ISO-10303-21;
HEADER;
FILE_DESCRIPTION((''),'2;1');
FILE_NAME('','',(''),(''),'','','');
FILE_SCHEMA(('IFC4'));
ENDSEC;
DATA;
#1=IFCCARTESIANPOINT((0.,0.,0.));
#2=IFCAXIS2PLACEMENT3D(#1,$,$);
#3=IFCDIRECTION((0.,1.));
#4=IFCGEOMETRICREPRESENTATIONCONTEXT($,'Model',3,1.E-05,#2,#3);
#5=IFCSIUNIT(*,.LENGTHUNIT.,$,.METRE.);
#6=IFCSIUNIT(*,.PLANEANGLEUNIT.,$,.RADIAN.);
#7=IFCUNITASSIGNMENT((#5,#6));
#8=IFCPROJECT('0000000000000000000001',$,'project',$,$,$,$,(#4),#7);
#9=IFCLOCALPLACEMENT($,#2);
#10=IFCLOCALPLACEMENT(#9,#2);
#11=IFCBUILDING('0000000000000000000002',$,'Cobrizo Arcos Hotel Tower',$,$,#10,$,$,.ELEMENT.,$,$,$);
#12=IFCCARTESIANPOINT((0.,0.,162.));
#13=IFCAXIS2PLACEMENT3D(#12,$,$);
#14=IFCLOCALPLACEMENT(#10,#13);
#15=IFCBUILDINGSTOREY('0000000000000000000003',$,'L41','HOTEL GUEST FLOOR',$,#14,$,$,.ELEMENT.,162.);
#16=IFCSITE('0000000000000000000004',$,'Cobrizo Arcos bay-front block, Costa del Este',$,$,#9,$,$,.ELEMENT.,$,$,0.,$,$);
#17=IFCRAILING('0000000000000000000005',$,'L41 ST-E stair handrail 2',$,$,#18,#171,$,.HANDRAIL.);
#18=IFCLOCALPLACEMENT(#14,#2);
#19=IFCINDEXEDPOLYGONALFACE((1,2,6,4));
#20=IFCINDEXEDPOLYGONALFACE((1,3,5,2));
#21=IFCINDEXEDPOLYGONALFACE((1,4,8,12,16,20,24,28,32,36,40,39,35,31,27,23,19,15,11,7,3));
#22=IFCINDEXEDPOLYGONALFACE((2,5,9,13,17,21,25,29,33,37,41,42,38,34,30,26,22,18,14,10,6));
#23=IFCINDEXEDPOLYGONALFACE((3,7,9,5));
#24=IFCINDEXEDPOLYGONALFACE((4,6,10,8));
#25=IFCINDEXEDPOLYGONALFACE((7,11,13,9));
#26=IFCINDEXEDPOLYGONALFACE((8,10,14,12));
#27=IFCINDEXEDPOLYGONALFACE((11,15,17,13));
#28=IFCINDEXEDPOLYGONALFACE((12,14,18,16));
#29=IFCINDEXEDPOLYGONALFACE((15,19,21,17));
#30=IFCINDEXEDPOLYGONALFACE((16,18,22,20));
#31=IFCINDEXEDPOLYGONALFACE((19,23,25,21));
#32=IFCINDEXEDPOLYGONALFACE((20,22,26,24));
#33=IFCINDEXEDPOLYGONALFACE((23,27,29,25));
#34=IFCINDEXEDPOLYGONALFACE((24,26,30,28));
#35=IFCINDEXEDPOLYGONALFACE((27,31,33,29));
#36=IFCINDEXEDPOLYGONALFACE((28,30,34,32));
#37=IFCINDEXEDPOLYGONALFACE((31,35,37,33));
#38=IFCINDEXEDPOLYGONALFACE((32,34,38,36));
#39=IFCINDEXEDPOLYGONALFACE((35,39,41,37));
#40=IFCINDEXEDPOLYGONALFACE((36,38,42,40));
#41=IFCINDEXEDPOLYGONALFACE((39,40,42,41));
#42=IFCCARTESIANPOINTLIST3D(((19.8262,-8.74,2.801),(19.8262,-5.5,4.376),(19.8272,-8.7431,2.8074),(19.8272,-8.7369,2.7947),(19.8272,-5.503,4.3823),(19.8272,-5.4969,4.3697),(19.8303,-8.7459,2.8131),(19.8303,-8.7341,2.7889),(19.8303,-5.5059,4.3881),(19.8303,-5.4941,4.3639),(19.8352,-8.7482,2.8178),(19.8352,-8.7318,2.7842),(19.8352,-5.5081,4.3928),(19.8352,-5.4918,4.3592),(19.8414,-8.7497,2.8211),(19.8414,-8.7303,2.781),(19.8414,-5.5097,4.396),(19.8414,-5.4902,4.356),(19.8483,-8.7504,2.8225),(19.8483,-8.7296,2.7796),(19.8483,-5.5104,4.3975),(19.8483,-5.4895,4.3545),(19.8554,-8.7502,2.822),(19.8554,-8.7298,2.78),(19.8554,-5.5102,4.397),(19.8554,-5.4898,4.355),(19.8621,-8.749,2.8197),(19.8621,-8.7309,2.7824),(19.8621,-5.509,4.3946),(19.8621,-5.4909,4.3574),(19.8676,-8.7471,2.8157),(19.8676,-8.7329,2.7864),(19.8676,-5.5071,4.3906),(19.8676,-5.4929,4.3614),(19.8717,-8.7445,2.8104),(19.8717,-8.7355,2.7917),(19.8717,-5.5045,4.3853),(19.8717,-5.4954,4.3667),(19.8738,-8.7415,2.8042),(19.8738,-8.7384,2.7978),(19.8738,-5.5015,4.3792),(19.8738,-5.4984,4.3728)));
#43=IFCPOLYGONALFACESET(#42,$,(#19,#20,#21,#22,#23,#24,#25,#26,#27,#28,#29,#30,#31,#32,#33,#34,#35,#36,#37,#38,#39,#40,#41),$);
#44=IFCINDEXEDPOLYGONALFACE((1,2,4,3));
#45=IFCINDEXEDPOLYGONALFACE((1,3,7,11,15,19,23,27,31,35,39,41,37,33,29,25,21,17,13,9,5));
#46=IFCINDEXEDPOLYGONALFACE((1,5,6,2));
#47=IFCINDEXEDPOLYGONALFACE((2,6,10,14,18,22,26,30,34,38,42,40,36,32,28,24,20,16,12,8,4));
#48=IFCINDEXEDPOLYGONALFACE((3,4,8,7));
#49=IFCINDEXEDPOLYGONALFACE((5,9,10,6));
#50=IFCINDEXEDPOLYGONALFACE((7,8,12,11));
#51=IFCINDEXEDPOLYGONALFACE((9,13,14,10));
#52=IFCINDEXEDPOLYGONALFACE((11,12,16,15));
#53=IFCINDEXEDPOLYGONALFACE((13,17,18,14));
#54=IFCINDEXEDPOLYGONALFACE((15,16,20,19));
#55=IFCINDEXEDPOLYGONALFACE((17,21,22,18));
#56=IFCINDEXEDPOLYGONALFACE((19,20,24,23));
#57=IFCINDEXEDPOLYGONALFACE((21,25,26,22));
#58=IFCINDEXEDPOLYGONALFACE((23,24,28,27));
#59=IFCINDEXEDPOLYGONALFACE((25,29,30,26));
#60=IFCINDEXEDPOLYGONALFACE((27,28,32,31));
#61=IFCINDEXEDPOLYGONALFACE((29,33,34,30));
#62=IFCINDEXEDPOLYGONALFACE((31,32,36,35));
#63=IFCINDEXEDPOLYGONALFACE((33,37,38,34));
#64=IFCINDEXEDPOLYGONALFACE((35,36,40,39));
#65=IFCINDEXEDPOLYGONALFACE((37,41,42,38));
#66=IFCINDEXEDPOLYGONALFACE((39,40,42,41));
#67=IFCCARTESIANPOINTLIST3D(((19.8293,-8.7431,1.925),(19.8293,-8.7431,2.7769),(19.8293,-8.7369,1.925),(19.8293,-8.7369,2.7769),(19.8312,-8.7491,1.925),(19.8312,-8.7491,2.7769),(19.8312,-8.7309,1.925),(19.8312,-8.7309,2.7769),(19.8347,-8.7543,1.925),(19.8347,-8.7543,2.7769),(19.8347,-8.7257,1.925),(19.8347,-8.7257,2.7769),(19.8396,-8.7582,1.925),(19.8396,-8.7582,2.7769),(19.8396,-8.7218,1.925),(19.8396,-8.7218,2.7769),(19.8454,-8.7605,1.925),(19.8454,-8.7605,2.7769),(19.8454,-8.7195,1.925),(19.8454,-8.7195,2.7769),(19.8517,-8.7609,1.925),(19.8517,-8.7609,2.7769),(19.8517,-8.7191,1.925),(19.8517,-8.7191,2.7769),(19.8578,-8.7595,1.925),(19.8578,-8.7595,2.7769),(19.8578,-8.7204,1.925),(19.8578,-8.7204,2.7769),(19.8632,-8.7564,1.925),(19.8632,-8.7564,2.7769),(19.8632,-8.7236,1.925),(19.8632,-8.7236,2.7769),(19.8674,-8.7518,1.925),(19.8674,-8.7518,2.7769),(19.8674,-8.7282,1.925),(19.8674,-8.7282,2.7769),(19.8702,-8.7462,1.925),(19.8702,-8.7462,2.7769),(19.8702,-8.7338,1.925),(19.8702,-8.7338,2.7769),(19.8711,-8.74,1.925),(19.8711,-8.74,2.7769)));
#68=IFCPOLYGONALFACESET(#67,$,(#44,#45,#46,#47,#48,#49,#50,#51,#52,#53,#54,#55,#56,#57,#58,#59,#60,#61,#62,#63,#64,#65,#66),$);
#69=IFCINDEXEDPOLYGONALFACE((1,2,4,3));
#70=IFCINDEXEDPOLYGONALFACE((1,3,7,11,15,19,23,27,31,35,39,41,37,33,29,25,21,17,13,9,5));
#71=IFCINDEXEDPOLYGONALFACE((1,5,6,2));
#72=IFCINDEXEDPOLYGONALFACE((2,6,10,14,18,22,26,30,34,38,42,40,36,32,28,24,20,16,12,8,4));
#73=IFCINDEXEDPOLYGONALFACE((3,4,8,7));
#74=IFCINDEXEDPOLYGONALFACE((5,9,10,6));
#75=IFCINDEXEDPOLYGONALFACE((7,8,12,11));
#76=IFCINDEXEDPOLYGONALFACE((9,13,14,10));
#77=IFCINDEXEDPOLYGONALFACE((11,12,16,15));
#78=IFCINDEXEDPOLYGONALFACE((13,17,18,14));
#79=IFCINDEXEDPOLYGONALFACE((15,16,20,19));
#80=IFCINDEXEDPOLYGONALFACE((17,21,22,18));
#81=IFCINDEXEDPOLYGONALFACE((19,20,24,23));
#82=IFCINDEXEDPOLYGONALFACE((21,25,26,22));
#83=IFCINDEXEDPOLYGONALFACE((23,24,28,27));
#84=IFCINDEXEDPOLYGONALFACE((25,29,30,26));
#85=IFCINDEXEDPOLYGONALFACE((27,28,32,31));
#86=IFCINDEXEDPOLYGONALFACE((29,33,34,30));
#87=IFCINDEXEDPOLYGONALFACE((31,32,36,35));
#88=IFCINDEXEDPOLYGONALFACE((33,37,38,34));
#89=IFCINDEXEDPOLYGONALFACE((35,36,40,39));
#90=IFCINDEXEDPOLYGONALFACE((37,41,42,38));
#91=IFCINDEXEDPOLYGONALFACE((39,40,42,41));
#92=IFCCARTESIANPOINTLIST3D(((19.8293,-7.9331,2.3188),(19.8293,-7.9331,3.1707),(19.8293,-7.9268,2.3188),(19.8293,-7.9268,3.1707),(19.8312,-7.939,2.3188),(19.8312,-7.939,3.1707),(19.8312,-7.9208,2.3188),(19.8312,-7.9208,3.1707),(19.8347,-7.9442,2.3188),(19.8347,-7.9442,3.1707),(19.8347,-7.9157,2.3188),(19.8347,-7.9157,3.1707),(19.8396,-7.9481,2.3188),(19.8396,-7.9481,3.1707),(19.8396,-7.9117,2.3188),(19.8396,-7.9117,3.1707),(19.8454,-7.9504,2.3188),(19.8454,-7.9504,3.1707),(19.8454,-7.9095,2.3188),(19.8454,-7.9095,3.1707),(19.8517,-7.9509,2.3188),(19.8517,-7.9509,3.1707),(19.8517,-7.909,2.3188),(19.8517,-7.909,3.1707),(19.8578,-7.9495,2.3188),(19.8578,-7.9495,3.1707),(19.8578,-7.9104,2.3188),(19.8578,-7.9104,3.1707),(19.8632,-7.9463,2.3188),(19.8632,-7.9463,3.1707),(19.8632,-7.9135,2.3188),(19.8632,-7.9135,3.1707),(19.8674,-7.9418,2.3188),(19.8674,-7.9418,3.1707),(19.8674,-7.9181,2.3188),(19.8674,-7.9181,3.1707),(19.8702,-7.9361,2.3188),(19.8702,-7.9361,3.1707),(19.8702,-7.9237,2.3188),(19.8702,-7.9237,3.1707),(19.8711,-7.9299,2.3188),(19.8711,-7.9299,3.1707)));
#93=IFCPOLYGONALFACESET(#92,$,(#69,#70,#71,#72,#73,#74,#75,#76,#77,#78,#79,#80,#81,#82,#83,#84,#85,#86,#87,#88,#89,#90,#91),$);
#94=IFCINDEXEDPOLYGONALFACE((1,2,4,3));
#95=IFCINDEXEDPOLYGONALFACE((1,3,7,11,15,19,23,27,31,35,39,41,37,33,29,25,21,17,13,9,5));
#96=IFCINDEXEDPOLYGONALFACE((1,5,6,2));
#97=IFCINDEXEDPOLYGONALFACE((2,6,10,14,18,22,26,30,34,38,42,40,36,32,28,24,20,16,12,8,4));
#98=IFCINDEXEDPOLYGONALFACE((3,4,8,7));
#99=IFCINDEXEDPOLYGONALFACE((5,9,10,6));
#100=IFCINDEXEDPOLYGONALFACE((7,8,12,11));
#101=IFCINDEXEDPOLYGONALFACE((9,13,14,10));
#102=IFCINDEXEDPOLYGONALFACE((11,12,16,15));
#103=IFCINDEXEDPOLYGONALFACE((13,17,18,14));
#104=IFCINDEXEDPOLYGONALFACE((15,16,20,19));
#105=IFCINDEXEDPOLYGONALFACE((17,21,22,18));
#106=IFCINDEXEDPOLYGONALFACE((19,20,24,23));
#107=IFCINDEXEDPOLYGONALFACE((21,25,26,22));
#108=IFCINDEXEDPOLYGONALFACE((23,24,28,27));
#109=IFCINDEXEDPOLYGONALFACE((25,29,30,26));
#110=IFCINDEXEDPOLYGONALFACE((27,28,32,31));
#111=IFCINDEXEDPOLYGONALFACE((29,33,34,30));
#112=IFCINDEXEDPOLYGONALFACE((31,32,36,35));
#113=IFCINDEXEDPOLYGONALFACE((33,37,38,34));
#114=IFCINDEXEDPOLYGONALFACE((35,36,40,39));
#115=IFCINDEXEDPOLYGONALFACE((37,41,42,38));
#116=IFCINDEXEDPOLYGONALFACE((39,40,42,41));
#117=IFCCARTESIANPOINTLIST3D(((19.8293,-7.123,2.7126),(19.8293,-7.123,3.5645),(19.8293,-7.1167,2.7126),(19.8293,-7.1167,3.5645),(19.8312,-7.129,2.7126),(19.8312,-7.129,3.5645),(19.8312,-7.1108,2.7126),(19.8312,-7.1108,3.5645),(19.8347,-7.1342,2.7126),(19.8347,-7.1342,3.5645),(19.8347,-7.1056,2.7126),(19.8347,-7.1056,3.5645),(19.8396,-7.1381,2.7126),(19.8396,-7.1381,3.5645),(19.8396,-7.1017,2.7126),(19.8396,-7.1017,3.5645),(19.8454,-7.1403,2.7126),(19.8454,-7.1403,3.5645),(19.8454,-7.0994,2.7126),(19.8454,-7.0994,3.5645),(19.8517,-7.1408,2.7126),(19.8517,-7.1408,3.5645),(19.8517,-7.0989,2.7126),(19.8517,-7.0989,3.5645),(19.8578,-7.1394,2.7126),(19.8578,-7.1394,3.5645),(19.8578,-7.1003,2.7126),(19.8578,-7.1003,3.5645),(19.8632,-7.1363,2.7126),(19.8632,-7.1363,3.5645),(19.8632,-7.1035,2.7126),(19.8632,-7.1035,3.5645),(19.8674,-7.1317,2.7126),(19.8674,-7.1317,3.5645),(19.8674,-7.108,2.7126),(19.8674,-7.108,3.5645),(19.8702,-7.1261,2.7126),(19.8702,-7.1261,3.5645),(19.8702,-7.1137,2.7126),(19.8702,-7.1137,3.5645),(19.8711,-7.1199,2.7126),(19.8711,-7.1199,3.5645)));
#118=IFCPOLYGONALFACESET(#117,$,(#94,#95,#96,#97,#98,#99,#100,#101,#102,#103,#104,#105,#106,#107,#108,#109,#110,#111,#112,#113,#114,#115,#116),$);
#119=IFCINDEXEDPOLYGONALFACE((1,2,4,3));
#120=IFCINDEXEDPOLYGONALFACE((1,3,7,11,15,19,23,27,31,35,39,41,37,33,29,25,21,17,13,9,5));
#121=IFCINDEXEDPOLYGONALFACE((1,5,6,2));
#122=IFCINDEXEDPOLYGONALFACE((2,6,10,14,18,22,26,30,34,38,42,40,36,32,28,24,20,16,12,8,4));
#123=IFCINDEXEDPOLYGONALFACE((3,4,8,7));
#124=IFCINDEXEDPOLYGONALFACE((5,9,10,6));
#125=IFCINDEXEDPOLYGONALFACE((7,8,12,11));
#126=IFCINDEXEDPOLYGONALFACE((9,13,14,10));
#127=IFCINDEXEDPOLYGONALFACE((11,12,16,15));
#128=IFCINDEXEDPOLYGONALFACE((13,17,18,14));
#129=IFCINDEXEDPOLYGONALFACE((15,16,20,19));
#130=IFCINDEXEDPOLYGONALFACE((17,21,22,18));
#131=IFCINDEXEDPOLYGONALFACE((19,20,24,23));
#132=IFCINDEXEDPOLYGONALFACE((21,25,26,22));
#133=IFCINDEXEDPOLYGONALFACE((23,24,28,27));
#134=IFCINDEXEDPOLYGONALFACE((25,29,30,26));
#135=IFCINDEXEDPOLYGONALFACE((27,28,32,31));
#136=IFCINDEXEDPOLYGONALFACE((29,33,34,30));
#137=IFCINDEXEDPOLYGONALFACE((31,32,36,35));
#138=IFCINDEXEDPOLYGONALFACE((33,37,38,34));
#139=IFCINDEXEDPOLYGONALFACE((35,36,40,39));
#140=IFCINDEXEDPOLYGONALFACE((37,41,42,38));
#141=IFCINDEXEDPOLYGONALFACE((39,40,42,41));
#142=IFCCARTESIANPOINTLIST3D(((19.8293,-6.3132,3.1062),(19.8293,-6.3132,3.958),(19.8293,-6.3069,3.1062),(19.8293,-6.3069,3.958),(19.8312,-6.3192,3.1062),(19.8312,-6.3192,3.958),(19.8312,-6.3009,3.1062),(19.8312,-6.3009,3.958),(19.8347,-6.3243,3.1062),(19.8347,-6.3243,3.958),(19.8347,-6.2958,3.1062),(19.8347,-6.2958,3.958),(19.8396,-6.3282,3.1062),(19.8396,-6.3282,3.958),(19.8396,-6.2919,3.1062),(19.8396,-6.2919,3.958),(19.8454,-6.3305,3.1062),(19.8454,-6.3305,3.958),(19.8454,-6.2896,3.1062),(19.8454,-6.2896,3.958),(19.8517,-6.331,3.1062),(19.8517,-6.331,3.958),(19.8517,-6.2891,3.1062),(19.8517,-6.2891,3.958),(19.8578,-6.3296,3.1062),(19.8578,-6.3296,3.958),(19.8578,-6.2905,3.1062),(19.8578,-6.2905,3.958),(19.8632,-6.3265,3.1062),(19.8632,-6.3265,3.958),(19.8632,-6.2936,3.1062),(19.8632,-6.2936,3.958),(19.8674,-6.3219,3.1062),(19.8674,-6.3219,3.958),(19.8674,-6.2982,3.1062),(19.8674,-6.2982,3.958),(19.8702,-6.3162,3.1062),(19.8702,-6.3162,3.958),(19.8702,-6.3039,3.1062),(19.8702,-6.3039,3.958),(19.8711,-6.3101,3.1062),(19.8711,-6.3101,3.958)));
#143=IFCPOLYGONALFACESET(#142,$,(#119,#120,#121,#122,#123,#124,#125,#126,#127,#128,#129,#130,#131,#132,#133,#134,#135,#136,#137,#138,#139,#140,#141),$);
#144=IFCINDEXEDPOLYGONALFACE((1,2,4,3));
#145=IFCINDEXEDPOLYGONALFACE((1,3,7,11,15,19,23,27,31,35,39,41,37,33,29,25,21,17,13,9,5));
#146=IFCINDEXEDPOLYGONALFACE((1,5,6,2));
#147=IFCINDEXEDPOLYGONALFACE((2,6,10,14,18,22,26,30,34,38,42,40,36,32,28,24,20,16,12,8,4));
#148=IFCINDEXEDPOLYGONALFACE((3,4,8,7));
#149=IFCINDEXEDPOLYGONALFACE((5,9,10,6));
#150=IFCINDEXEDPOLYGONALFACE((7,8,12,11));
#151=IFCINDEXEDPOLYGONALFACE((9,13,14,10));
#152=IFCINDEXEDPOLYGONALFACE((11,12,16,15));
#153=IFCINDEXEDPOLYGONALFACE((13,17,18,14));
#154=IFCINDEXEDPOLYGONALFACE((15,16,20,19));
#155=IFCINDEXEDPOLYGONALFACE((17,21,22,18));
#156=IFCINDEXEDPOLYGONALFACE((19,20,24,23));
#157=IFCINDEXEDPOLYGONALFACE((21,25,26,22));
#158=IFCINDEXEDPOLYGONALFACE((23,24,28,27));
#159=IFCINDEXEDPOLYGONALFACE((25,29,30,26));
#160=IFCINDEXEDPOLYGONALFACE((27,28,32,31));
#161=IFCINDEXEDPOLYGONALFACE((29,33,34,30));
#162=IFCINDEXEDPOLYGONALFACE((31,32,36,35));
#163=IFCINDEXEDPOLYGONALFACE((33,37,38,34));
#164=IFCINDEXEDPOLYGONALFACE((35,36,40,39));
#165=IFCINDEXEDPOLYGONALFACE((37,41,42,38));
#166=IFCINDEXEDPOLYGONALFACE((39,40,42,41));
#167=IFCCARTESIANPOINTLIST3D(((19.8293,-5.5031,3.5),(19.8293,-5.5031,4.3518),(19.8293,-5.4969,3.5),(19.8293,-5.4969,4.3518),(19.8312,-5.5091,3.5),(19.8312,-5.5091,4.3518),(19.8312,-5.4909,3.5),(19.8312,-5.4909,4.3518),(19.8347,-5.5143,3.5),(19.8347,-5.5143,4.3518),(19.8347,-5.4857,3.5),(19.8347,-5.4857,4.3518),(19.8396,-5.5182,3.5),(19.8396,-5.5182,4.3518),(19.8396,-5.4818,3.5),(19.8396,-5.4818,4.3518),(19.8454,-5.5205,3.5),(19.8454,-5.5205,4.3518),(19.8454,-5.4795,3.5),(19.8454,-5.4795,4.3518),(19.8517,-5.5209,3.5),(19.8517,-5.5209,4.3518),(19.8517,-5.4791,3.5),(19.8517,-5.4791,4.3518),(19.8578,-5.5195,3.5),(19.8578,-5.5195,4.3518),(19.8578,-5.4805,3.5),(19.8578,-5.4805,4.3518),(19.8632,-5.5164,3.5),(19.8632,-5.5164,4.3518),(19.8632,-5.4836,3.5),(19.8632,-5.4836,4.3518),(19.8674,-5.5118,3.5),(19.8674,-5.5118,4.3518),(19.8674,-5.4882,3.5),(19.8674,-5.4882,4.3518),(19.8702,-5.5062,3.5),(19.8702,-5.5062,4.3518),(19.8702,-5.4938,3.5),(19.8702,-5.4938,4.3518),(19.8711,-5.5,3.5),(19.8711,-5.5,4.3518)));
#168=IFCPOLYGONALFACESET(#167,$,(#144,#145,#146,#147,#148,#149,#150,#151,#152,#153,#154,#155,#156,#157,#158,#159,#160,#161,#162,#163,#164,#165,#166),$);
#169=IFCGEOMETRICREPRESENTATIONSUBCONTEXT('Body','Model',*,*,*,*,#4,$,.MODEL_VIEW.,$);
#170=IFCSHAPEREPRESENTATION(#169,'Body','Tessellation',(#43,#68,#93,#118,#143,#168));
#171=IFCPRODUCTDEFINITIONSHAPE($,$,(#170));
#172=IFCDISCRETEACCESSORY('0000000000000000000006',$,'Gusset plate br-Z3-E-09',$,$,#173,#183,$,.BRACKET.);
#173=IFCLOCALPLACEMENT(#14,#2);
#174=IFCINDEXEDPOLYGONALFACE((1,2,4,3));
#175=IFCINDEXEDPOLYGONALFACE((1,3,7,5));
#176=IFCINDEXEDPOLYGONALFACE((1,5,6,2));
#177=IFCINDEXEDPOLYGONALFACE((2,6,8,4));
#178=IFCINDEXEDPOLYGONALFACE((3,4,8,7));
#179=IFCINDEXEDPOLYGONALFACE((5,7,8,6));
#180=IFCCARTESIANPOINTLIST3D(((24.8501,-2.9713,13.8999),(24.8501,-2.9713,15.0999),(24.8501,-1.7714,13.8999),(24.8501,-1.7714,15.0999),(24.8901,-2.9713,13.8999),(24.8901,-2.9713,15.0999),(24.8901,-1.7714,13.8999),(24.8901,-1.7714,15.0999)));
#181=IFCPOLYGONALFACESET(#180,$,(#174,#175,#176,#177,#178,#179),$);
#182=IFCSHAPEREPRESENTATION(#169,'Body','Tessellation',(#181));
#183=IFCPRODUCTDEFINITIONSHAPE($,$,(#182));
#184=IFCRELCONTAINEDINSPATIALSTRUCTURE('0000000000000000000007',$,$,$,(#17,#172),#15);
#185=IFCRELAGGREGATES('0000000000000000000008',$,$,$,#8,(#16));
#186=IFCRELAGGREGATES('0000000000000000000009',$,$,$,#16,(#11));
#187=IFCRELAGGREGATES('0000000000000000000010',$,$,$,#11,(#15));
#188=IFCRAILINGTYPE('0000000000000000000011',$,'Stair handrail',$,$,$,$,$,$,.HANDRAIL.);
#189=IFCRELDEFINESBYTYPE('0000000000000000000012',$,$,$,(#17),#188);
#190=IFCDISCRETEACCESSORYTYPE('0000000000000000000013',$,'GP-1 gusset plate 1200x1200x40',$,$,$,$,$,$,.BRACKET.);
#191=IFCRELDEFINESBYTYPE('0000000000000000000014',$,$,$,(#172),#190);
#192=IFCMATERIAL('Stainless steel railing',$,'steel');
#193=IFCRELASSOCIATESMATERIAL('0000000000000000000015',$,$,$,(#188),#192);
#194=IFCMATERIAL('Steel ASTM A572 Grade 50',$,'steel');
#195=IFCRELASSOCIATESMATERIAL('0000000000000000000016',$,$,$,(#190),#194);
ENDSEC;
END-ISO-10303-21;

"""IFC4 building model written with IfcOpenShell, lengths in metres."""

from ifc_helpers import new_model, si_unit, direction, frame, origin, origin_2d, place, context, subcontext, project, spatial, rectangle, circle, extrude, material, type_object, element, save


model = new_model("IFC4")

# Units and contexts
model_context = context("Model", 3, precision=1e-05, world=origin(), true_north=direction((0.0, 1.0)))
body_context = subcontext(model_context, "Body", "Model", "MODEL_VIEW")
ifc_project = project(units=[si_unit("LENGTHUNIT", "METRE"), si_unit("PLANEANGLEUNIT", "RADIAN")], contexts=[model_context])

# Site, building, storey
site_placement = place(None, origin())
site = spatial("IfcSite", under=ifc_project, at=site_placement, Name="Cobrizo Arcos bay-front block, Costa del Este", CompositionType="ELEMENT", RefElevation=0.0)
building_placement = place(site_placement, origin())
building = spatial("IfcBuilding", under=site, at=building_placement, Name="Cobrizo Arcos Hotel Tower", CompositionType="ELEMENT")
storey_placement = place(building_placement, frame((0.0, 0.0, 162.0)))
storey = spatial("IfcBuildingStorey", under=building, at=storey_placement, Name="L41", Description="HOTEL GUEST FLOOR", CompositionType="ELEMENT", Elevation=162.0)

# Railing
ifc_material_1 = material(Name="Stainless steel railing", Category="steel")
railing_type_1 = type_object("IfcRailingType", Name="Stair handrail", PredefinedType="HANDRAIL", material=ifc_material_1)
railing_1_placement = place(storey_placement, frame((19.8501, -8.74, 1.925)))
element("IfcRailing", 1, at=railing_1_placement, inside=storey, type_object=railing_type_1, Name="L41 ST-E stair handrail 2", PredefinedType="HANDRAIL", context=body_context, shape_type="SweptSolid", body=[
    extrude(circle(Radius=0.0239, at=origin_2d()), frame((0.0, 0.0, 0.876), z_axis=(0.0, 0.899373, 0.437183), x_axis=(-1.0, 0.0, 0.0)), (0.0, 0.0, 1.0), 3.6025),
    extrude(circle(Radius=0.021, at=origin_2d()), origin(), (0.0, 0.0, 1.0), 0.8518),
    extrude(circle(Radius=0.021, at=origin_2d()), frame((0.0, 0.8101, 0.3938)), (0.0, 0.0, 1.0), 0.8518),
    extrude(circle(Radius=0.021, at=origin_2d()), frame((0.0, 1.6201, 0.7876)), (0.0, 0.0, 1.0), 0.8518),
    extrude(circle(Radius=0.021, at=origin_2d()), frame((0.0, 2.4299, 1.1812)), (0.0, 0.0, 1.0), 0.8518),
    extrude(circle(Radius=0.021, at=origin_2d()), frame((0.0, 3.24, 1.575)), (0.0, 0.0, 1.0), 0.8518),
])

# Discrete accessory
ifc_material_2 = material(Name="Steel ASTM A572 Grade 50", Category="steel")
discrete_accessory_type = type_object("IfcDiscreteAccessoryType", Name="GP-1 gusset plate 1200x1200x40", PredefinedType="BRACKET", material=ifc_material_2)
discrete_accessory_placement = place(storey_placement, frame((24.8701, -2.3713, 13.8999), z_axis=(0.0, 0.0, 1.0), x_axis=(1.0, 0.0, 0.0)))
element("IfcDiscreteAccessory", 2, at=discrete_accessory_placement, inside=storey, type_object=discrete_accessory_type, Name="Gusset plate br-Z3-E-09", PredefinedType="BRACKET", context=body_context, shape_type="SweptSolid", body=[
    extrude(rectangle(XDim=0.04, YDim=1.2, at=origin_2d()), origin(), (0.0, 0.0, 1.0), 1.2),
])

save(model, "model.ifc")
